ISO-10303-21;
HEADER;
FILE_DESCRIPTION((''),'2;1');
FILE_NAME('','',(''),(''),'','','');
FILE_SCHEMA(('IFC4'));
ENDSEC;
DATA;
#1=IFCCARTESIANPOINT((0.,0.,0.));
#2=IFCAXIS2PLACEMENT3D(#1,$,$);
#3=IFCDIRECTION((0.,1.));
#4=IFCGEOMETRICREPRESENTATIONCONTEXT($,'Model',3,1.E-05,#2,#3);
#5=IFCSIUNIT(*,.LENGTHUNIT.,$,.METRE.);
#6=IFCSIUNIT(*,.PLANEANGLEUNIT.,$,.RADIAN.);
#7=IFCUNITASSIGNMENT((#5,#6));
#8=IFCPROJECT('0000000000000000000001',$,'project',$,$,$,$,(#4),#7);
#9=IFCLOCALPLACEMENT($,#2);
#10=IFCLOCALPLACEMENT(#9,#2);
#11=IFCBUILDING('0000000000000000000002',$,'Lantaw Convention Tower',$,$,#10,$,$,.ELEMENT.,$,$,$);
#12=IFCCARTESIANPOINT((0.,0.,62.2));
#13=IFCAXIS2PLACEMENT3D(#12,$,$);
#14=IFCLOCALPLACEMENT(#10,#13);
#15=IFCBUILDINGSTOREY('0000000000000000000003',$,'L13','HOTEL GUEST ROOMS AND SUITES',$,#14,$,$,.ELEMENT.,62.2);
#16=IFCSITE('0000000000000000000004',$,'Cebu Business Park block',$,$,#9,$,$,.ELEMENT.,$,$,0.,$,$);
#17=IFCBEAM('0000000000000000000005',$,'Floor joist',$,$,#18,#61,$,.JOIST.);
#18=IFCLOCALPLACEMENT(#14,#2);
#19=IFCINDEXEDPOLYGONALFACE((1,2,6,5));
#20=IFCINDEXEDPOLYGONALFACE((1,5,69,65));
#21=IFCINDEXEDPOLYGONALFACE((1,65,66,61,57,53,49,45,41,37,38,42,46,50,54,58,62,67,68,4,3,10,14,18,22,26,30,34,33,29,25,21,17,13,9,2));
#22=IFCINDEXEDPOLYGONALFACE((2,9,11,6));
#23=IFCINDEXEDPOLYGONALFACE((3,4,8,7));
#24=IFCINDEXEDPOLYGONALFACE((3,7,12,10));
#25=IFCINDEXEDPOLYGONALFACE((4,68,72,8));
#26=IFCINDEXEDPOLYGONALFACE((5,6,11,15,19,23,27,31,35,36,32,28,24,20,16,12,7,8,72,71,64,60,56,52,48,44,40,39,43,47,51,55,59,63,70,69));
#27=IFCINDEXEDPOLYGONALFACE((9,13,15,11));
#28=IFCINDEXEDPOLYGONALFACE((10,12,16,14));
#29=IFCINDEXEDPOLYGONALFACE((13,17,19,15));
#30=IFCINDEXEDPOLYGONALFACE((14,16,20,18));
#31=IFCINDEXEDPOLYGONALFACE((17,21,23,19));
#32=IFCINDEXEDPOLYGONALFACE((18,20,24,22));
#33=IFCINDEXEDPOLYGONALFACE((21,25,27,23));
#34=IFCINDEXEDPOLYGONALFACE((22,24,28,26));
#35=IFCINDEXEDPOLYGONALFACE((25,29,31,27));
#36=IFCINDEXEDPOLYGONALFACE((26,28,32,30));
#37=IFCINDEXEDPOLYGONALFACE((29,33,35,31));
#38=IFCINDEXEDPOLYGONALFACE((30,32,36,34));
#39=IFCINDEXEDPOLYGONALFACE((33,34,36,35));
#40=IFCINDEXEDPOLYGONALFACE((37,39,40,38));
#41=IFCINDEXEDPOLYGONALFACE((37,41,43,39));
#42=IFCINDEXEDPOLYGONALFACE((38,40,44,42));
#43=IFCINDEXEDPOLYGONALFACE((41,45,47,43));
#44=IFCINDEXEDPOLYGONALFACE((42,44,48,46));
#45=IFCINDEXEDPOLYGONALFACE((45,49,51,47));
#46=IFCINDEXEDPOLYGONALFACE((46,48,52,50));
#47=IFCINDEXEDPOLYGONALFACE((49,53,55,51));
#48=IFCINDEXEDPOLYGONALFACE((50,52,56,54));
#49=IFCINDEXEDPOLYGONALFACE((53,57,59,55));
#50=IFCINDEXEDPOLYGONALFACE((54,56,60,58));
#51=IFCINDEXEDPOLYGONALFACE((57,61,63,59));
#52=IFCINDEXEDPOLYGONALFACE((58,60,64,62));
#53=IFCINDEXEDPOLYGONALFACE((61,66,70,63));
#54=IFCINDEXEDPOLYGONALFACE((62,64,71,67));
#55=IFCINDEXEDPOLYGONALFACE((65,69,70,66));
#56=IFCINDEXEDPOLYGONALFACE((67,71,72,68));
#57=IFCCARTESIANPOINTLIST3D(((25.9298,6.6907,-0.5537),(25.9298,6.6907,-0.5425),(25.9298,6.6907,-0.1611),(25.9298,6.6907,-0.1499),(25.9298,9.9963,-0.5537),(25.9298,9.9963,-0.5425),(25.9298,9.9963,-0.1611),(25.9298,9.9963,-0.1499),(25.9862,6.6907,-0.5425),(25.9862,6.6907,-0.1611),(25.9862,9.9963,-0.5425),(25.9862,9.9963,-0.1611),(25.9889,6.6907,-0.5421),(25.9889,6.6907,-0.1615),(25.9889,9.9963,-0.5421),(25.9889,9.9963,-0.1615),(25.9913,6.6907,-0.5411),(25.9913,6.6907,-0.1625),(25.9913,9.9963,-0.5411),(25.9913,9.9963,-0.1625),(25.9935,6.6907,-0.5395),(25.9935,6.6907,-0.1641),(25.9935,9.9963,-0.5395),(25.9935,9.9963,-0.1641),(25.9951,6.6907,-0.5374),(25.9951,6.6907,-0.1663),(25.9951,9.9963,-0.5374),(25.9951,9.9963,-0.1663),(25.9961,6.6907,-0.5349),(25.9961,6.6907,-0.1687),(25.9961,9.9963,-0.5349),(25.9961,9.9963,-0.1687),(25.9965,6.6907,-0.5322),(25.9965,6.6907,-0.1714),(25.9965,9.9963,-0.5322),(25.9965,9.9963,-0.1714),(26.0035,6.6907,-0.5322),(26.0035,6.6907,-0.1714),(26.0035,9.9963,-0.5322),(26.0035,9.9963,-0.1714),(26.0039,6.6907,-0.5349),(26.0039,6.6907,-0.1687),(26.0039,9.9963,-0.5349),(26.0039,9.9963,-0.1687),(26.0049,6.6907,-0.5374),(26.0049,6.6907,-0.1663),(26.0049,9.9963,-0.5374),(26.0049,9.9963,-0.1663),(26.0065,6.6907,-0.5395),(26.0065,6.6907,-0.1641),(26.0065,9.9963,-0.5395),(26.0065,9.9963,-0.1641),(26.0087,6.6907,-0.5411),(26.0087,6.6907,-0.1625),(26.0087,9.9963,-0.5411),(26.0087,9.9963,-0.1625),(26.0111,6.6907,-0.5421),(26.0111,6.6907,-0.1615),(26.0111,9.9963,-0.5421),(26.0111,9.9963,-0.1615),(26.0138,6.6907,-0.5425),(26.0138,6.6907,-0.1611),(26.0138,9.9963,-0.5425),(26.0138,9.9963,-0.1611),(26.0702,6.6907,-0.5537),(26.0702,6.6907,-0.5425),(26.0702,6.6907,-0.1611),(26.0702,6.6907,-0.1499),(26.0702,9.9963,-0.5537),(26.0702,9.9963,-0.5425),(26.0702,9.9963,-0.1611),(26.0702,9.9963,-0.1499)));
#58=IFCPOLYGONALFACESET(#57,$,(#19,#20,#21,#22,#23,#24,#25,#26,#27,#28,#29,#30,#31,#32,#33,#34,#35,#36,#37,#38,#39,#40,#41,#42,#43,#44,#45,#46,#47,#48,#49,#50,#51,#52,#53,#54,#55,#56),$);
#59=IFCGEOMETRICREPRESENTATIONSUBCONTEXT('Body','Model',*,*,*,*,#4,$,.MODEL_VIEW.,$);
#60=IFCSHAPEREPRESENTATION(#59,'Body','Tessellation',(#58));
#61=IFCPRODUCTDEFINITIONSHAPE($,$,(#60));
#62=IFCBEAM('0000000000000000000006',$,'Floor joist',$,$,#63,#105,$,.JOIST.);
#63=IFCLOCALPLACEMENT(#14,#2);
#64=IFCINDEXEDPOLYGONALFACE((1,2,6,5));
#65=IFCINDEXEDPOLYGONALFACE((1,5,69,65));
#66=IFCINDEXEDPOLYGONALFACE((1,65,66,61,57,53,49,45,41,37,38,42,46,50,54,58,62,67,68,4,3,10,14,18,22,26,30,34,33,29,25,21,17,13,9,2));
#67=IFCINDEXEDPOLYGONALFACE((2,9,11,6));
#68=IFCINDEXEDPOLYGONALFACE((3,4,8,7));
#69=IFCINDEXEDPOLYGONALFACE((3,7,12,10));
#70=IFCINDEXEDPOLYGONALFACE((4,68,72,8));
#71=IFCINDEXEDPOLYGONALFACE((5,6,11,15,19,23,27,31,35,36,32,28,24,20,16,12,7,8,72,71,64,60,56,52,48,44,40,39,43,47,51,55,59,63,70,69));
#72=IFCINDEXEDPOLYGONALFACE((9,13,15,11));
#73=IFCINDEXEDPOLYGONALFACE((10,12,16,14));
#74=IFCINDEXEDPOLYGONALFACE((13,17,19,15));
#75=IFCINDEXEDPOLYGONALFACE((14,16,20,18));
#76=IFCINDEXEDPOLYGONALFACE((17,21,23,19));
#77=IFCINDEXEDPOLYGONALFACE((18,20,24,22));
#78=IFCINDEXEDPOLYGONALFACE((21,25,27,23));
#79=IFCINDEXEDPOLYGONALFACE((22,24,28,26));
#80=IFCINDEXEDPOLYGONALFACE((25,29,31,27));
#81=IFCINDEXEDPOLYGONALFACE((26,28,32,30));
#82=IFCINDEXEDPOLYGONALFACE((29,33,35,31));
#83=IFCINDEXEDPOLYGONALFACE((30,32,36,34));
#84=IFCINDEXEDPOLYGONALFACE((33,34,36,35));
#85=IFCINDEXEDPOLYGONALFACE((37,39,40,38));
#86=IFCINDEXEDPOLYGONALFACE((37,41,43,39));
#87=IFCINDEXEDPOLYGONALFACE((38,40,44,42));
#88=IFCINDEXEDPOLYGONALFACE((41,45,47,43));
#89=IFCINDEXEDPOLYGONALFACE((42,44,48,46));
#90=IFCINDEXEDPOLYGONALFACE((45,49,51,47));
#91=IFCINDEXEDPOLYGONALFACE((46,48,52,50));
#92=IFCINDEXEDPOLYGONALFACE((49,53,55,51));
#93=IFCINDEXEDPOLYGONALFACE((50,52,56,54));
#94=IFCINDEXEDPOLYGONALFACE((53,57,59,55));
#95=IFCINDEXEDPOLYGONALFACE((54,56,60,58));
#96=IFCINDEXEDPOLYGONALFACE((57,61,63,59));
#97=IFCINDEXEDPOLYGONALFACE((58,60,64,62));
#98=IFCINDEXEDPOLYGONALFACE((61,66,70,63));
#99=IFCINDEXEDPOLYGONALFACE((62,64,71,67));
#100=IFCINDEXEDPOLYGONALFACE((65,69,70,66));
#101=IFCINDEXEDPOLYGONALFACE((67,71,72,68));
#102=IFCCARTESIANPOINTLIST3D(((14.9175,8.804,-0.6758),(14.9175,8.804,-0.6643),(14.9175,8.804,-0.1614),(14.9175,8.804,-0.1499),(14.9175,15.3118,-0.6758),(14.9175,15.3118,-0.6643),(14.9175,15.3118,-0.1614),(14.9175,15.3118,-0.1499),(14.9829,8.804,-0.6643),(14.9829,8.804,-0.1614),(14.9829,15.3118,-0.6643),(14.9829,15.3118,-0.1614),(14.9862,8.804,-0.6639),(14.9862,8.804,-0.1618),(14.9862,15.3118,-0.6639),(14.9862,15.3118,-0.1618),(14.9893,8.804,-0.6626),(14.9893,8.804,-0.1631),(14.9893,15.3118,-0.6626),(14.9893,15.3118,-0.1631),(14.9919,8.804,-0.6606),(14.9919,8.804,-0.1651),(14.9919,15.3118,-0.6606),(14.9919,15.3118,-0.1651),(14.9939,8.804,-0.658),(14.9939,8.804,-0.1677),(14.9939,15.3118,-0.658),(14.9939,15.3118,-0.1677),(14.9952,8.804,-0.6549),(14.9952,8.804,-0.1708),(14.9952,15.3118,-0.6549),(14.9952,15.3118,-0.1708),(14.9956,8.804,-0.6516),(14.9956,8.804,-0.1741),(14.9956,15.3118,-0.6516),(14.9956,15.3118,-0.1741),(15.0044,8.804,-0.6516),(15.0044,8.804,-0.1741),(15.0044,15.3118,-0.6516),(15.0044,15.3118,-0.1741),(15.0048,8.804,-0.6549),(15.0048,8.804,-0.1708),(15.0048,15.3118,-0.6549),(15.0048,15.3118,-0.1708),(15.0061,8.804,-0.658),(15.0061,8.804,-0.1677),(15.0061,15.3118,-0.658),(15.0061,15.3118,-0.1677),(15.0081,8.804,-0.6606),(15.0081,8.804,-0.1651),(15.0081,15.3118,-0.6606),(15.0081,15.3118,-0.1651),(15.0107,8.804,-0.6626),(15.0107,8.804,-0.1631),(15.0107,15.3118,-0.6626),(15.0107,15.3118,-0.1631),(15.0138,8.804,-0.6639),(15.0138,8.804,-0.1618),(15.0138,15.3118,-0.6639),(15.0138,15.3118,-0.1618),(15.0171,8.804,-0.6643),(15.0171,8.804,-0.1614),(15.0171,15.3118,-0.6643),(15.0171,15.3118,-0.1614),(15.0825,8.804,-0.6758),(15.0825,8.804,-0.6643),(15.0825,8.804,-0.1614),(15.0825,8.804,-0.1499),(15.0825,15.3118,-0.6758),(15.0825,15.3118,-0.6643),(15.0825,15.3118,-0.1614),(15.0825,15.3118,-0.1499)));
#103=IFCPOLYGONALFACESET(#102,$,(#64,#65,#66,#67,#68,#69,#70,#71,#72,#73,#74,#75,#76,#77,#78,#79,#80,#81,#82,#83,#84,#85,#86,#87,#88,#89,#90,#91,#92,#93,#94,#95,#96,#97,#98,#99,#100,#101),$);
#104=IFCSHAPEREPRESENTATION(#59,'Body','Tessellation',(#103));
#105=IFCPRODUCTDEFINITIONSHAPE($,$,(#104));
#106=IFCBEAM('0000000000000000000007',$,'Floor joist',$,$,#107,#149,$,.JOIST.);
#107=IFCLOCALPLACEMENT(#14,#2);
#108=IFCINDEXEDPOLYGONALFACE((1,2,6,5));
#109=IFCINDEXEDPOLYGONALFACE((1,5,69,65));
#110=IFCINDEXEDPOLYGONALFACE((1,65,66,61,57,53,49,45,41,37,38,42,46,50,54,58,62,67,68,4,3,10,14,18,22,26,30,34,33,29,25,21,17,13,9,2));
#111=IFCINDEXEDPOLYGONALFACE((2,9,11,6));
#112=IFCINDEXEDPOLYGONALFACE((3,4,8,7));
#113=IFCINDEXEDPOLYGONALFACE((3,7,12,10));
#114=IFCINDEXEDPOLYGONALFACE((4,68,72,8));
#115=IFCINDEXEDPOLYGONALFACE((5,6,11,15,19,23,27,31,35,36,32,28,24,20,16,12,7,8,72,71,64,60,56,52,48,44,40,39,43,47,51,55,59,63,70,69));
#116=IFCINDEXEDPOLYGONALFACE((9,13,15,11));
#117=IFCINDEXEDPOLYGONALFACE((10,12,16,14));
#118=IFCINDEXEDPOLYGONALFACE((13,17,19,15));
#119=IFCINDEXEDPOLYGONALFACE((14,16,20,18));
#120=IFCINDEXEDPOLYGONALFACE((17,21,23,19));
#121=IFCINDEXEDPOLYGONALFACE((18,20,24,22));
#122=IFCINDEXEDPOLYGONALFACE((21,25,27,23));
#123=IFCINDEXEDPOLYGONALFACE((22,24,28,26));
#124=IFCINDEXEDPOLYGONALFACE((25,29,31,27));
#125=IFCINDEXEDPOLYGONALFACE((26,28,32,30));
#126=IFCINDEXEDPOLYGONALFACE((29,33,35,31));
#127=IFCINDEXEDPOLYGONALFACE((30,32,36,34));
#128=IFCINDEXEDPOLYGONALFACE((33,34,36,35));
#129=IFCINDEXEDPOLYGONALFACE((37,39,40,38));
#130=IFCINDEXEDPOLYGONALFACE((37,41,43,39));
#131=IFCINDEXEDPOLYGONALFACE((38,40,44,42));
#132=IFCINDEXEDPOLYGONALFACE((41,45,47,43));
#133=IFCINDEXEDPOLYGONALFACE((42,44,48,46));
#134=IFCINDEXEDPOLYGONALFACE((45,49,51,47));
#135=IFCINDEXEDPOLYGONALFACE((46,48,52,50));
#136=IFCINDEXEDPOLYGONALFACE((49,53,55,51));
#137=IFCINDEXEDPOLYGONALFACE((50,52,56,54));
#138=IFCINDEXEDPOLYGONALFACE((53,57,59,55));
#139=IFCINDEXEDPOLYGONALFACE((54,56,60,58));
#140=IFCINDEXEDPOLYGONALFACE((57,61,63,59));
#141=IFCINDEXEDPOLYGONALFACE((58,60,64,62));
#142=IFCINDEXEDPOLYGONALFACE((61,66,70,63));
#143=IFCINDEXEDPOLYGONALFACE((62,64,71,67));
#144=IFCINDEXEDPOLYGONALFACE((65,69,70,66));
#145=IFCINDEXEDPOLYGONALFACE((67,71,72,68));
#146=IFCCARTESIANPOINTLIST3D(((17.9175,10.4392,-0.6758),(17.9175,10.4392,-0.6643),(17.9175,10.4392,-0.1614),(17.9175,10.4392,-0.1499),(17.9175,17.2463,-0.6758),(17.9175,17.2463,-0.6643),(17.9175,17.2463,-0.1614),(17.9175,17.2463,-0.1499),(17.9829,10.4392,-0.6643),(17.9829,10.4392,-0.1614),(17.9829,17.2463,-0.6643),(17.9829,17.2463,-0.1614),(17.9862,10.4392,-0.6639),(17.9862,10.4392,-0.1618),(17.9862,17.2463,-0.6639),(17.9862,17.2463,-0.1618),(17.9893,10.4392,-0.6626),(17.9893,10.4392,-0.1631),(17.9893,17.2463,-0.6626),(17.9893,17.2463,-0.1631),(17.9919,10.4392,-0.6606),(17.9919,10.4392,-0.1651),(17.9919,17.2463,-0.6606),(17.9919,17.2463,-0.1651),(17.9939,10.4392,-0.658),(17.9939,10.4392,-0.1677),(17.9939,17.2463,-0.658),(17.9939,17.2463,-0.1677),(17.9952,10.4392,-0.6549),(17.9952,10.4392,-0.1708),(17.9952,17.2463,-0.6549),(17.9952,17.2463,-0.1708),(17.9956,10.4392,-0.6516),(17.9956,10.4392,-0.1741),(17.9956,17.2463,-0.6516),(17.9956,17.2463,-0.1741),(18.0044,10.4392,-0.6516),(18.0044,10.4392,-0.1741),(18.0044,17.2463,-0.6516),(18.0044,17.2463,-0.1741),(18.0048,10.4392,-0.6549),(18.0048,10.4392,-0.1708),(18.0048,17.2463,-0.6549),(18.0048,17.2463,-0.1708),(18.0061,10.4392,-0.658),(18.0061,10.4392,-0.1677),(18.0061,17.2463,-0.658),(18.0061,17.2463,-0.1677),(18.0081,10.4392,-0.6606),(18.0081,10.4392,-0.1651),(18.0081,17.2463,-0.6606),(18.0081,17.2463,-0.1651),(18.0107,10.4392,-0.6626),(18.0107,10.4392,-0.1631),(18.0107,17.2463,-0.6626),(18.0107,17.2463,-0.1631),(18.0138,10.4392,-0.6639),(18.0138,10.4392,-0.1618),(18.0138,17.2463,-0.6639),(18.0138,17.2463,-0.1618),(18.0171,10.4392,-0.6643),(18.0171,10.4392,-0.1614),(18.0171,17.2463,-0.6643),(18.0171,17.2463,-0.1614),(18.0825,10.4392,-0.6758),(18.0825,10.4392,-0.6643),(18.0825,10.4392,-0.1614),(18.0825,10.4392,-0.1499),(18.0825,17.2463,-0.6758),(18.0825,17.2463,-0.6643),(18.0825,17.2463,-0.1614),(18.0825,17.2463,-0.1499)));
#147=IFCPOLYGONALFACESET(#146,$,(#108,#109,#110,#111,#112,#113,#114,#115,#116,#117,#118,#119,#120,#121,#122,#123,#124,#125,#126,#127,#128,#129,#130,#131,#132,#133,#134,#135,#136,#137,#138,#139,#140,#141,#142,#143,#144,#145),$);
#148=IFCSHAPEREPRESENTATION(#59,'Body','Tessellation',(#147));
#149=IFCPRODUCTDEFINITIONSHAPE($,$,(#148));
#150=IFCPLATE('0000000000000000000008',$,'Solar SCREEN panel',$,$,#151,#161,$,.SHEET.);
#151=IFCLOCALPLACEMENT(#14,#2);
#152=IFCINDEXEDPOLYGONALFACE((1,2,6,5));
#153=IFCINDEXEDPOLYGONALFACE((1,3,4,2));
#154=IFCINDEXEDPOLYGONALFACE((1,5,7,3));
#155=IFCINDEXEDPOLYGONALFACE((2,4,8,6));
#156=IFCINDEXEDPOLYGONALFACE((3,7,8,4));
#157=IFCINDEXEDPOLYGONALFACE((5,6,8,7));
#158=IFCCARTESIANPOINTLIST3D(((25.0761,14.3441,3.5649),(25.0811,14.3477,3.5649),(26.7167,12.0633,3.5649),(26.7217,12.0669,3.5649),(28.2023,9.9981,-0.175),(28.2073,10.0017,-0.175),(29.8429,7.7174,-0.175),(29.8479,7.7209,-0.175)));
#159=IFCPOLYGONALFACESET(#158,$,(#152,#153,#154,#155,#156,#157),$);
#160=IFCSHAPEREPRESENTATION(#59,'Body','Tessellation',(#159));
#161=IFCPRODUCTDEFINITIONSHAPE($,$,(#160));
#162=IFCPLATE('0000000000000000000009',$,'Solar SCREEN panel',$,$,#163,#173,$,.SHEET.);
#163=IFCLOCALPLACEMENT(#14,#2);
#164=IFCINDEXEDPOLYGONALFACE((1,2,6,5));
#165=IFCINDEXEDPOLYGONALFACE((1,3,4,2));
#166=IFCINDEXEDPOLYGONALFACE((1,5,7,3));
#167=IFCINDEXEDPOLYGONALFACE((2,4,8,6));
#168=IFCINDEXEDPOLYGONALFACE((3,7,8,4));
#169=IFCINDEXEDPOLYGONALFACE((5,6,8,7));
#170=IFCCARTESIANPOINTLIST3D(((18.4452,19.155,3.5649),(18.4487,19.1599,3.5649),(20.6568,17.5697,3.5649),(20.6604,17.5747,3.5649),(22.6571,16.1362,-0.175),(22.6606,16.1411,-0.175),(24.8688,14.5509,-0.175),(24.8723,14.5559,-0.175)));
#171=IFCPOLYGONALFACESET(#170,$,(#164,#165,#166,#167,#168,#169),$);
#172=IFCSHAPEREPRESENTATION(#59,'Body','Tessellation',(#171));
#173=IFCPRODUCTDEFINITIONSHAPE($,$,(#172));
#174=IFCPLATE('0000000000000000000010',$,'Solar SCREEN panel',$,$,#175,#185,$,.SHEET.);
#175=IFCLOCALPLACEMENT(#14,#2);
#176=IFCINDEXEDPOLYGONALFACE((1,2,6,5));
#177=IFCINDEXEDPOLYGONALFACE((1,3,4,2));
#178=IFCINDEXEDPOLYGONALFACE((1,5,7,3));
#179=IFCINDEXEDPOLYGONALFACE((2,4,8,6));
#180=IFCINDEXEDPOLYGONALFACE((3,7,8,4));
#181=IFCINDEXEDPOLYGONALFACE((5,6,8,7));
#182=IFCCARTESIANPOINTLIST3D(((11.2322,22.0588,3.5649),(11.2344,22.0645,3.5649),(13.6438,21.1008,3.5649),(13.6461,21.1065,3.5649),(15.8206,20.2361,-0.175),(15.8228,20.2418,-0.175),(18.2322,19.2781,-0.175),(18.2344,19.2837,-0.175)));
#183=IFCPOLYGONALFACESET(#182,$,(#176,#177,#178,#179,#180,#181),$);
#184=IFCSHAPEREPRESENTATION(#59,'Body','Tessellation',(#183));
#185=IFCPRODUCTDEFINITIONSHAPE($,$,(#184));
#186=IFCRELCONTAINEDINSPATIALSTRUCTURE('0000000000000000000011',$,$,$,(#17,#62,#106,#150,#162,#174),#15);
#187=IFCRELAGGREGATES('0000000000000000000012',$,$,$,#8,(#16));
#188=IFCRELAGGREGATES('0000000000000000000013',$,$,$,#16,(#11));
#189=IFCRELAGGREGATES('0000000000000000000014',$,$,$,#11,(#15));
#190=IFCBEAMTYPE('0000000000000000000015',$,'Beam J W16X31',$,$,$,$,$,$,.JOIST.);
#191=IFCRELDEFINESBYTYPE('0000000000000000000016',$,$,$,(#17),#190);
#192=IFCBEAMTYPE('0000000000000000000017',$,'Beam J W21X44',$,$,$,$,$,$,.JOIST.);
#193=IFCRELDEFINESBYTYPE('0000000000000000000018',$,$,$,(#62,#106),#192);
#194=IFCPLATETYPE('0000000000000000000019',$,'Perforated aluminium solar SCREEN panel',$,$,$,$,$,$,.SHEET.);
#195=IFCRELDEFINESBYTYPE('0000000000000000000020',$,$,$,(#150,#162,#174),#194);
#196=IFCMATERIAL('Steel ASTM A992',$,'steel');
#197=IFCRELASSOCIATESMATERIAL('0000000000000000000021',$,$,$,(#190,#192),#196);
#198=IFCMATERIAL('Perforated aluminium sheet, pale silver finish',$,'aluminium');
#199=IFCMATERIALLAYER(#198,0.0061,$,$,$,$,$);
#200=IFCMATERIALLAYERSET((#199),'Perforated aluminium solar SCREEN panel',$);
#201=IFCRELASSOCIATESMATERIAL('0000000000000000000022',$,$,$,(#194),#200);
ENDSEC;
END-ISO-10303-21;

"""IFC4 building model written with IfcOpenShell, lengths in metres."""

from ifc_helpers import new_model, si_unit, direction, frame, origin, origin_2d, place, context, subcontext, project, spatial, polyline, i_section, outline, extrude, material, layer, layer_set, material_profile, profile_set, type_object, element, save


model = new_model("IFC4")

# Units and contexts
model_context = context("Model", 3, precision=1e-05, world=origin(), true_north=direction((0.0, 1.0)))
body_context = subcontext(model_context, "Body", "Model", "MODEL_VIEW")
ifc_project = project(units=[si_unit("LENGTHUNIT", "METRE"), si_unit("PLANEANGLEUNIT", "RADIAN")], contexts=[model_context])

# Site, building, storey
site_placement = place(None, origin())
site = spatial("IfcSite", under=ifc_project, at=site_placement, Name="Cebu Business Park block", CompositionType="ELEMENT", RefElevation=0.0)
building_placement = place(site_placement, origin())
building = spatial("IfcBuilding", under=site, at=building_placement, Name="Lantaw Convention Tower", CompositionType="ELEMENT")
storey_placement = place(building_placement, frame((0.0, 0.0, 62.2)))
storey = spatial("IfcBuildingStorey", under=building, at=storey_placement, Name="L13", Description="HOTEL GUEST ROOMS AND SUITES", CompositionType="ELEMENT", Elevation=62.2)

# Beams
ifc_material_1 = material(Name="Steel ASTM A992", Category="steel")
ifc_material_profile_1 = material_profile(ifc_material_1, i_section(OverallWidth=0.1404, OverallDepth=0.4038, WebThickness=0.0071, FlangeThickness=0.0112, FilletRadius=0.0103, at=origin_2d()), Name="W16X31")
ifc_profile_set_1 = profile_set([ifc_material_profile_1], Name="Steel ASTM A992")
beam_type_1 = type_object("IfcBeamType", Name="Beam J W16X31", PredefinedType="JOIST", material=ifc_profile_set_1)
beam_1_placement = place(storey_placement, frame((26.0, 6.6907, -0.3518), z_axis=(0.0, 1.0, 0.0), x_axis=(-1.0, 0.0, 0.0)))
element("IfcBeam", 1, at=beam_1_placement, inside=storey, type_object=beam_type_1, Name="Floor joist", PredefinedType="JOIST", context=body_context, shape_type="SweptSolid", body=[
    extrude(i_section(OverallWidth=0.1404, OverallDepth=0.4038, WebThickness=0.0071, FlangeThickness=0.0112, FilletRadius=0.0103, at=origin_2d()), origin(), (0.0, 0.0, 1.0), 3.3057),
])
ifc_material_profile_2 = material_profile(ifc_material_1, i_section(OverallWidth=0.165, OverallDepth=0.5259, WebThickness=0.0088, FlangeThickness=0.0115, FilletRadius=0.0127, at=origin_2d()), Name="W21X44")
ifc_profile_set_2 = profile_set([ifc_material_profile_2], Name="Steel ASTM A992")
beam_type_2 = type_object("IfcBeamType", Name="Beam J W21X44", PredefinedType="JOIST", material=ifc_profile_set_2)
beam_2_placement = place(storey_placement, frame((15.0, 8.804, -0.4128), z_axis=(0.0, 1.0, 0.0), x_axis=(-1.0, 0.0, 0.0)))
element("IfcBeam", 2, at=beam_2_placement, inside=storey, type_object=beam_type_2, Name="Floor joist", PredefinedType="JOIST", context=body_context, shape_type="SweptSolid", body=[
    extrude(i_section(OverallWidth=0.165, OverallDepth=0.5259, WebThickness=0.0088, FlangeThickness=0.0115, FilletRadius=0.0127, at=origin_2d()), origin(), (0.0, 0.0, 1.0), 6.5078),
])
beam_3_placement = place(storey_placement, frame((18.0, 10.4392, -0.4128), z_axis=(0.0, 1.0, 0.0), x_axis=(-1.0, 0.0, 0.0)))
element("IfcBeam", 3, at=beam_3_placement, inside=storey, type_object=beam_type_2, Name="Floor joist", PredefinedType="JOIST", context=body_context, shape_type="SweptSolid", body=[
    extrude(i_section(OverallWidth=0.165, OverallDepth=0.5259, WebThickness=0.0088, FlangeThickness=0.0115, FilletRadius=0.0127, at=origin_2d()), origin(), (0.0, 0.0, 1.0), 6.8071),
])

# Plates
ifc_material_2 = material(Name="Perforated aluminium sheet, pale silver finish", Category="aluminium")
ifc_layer_1 = layer(ifc_material_2, 0.0061)
ifc_layer_set_1 = layer_set([ifc_layer_1], Name="Perforated aluminium solar SCREEN panel")
plate_type = type_object("IfcPlateType", Name="Perforated aluminium solar SCREEN panel", PredefinedType="SHEET", material=ifc_layer_set_1)
plate_1_placement = place(storey_placement, frame((29.8479, 7.7209, -0.175), z_axis=(0.811791, 0.583948, 0.000009), x_axis=(-0.583948, 0.811791, 0.0)))
element("IfcPlate", 4, at=plate_1_placement, inside=storey, type_object=plate_type, Name="Solar SCREEN panel", PredefinedType="SHEET", context=body_context, shape_type="SweptSolid", body=[
    extrude(outline(polyline([(0.0, 0.0), (2.8095, 0.0), (8.1631, 3.74), (5.3536, 3.74), (0.0, 0.0)])), origin(), (0.0, 0.0, -1.0), 0.0061),
])
plate_2_placement = place(storey_placement, frame((24.8723, 14.5559, -0.175), z_axis=(0.582561, 0.812787, 0.000016), x_axis=(-0.812787, 0.582561, 0.0)))
element("IfcPlate", 5, at=plate_2_placement, inside=storey, type_object=plate_type, Name="Solar SCREEN panel", PredefinedType="SHEET", context=body_context, shape_type="SweptSolid", body=[
    extrude(outline(polyline([(0.0, 0.0), (2.7211, 0.0), (7.9031, 3.74), (5.182, 3.74), (0.0, 0.0)])), origin(), (0.0, 0.0, -1.0), 0.0061),
])
plate_3_placement = place(storey_placement, frame((18.2322, 19.2781, -0.175), z_axis=(-0.369184, -0.929357, 0.000009), x_axis=(-0.929357, 0.369184, 0.0)))
element("IfcPlate", 6, at=plate_3_placement, inside=storey, type_object=plate_type, Name="Solar SCREEN panel", PredefinedType="SHEET", context=body_context, shape_type="SweptSolid", body=[
    extrude(outline(polyline([(0.0, 0.0), (2.5949, 0.0), (7.5321, -3.74), (4.9372, -3.74), (0.0, 0.0)])), origin(), (0.0, 0.0, -1.0), 0.0061),
])

save(model, "model.ifc")
